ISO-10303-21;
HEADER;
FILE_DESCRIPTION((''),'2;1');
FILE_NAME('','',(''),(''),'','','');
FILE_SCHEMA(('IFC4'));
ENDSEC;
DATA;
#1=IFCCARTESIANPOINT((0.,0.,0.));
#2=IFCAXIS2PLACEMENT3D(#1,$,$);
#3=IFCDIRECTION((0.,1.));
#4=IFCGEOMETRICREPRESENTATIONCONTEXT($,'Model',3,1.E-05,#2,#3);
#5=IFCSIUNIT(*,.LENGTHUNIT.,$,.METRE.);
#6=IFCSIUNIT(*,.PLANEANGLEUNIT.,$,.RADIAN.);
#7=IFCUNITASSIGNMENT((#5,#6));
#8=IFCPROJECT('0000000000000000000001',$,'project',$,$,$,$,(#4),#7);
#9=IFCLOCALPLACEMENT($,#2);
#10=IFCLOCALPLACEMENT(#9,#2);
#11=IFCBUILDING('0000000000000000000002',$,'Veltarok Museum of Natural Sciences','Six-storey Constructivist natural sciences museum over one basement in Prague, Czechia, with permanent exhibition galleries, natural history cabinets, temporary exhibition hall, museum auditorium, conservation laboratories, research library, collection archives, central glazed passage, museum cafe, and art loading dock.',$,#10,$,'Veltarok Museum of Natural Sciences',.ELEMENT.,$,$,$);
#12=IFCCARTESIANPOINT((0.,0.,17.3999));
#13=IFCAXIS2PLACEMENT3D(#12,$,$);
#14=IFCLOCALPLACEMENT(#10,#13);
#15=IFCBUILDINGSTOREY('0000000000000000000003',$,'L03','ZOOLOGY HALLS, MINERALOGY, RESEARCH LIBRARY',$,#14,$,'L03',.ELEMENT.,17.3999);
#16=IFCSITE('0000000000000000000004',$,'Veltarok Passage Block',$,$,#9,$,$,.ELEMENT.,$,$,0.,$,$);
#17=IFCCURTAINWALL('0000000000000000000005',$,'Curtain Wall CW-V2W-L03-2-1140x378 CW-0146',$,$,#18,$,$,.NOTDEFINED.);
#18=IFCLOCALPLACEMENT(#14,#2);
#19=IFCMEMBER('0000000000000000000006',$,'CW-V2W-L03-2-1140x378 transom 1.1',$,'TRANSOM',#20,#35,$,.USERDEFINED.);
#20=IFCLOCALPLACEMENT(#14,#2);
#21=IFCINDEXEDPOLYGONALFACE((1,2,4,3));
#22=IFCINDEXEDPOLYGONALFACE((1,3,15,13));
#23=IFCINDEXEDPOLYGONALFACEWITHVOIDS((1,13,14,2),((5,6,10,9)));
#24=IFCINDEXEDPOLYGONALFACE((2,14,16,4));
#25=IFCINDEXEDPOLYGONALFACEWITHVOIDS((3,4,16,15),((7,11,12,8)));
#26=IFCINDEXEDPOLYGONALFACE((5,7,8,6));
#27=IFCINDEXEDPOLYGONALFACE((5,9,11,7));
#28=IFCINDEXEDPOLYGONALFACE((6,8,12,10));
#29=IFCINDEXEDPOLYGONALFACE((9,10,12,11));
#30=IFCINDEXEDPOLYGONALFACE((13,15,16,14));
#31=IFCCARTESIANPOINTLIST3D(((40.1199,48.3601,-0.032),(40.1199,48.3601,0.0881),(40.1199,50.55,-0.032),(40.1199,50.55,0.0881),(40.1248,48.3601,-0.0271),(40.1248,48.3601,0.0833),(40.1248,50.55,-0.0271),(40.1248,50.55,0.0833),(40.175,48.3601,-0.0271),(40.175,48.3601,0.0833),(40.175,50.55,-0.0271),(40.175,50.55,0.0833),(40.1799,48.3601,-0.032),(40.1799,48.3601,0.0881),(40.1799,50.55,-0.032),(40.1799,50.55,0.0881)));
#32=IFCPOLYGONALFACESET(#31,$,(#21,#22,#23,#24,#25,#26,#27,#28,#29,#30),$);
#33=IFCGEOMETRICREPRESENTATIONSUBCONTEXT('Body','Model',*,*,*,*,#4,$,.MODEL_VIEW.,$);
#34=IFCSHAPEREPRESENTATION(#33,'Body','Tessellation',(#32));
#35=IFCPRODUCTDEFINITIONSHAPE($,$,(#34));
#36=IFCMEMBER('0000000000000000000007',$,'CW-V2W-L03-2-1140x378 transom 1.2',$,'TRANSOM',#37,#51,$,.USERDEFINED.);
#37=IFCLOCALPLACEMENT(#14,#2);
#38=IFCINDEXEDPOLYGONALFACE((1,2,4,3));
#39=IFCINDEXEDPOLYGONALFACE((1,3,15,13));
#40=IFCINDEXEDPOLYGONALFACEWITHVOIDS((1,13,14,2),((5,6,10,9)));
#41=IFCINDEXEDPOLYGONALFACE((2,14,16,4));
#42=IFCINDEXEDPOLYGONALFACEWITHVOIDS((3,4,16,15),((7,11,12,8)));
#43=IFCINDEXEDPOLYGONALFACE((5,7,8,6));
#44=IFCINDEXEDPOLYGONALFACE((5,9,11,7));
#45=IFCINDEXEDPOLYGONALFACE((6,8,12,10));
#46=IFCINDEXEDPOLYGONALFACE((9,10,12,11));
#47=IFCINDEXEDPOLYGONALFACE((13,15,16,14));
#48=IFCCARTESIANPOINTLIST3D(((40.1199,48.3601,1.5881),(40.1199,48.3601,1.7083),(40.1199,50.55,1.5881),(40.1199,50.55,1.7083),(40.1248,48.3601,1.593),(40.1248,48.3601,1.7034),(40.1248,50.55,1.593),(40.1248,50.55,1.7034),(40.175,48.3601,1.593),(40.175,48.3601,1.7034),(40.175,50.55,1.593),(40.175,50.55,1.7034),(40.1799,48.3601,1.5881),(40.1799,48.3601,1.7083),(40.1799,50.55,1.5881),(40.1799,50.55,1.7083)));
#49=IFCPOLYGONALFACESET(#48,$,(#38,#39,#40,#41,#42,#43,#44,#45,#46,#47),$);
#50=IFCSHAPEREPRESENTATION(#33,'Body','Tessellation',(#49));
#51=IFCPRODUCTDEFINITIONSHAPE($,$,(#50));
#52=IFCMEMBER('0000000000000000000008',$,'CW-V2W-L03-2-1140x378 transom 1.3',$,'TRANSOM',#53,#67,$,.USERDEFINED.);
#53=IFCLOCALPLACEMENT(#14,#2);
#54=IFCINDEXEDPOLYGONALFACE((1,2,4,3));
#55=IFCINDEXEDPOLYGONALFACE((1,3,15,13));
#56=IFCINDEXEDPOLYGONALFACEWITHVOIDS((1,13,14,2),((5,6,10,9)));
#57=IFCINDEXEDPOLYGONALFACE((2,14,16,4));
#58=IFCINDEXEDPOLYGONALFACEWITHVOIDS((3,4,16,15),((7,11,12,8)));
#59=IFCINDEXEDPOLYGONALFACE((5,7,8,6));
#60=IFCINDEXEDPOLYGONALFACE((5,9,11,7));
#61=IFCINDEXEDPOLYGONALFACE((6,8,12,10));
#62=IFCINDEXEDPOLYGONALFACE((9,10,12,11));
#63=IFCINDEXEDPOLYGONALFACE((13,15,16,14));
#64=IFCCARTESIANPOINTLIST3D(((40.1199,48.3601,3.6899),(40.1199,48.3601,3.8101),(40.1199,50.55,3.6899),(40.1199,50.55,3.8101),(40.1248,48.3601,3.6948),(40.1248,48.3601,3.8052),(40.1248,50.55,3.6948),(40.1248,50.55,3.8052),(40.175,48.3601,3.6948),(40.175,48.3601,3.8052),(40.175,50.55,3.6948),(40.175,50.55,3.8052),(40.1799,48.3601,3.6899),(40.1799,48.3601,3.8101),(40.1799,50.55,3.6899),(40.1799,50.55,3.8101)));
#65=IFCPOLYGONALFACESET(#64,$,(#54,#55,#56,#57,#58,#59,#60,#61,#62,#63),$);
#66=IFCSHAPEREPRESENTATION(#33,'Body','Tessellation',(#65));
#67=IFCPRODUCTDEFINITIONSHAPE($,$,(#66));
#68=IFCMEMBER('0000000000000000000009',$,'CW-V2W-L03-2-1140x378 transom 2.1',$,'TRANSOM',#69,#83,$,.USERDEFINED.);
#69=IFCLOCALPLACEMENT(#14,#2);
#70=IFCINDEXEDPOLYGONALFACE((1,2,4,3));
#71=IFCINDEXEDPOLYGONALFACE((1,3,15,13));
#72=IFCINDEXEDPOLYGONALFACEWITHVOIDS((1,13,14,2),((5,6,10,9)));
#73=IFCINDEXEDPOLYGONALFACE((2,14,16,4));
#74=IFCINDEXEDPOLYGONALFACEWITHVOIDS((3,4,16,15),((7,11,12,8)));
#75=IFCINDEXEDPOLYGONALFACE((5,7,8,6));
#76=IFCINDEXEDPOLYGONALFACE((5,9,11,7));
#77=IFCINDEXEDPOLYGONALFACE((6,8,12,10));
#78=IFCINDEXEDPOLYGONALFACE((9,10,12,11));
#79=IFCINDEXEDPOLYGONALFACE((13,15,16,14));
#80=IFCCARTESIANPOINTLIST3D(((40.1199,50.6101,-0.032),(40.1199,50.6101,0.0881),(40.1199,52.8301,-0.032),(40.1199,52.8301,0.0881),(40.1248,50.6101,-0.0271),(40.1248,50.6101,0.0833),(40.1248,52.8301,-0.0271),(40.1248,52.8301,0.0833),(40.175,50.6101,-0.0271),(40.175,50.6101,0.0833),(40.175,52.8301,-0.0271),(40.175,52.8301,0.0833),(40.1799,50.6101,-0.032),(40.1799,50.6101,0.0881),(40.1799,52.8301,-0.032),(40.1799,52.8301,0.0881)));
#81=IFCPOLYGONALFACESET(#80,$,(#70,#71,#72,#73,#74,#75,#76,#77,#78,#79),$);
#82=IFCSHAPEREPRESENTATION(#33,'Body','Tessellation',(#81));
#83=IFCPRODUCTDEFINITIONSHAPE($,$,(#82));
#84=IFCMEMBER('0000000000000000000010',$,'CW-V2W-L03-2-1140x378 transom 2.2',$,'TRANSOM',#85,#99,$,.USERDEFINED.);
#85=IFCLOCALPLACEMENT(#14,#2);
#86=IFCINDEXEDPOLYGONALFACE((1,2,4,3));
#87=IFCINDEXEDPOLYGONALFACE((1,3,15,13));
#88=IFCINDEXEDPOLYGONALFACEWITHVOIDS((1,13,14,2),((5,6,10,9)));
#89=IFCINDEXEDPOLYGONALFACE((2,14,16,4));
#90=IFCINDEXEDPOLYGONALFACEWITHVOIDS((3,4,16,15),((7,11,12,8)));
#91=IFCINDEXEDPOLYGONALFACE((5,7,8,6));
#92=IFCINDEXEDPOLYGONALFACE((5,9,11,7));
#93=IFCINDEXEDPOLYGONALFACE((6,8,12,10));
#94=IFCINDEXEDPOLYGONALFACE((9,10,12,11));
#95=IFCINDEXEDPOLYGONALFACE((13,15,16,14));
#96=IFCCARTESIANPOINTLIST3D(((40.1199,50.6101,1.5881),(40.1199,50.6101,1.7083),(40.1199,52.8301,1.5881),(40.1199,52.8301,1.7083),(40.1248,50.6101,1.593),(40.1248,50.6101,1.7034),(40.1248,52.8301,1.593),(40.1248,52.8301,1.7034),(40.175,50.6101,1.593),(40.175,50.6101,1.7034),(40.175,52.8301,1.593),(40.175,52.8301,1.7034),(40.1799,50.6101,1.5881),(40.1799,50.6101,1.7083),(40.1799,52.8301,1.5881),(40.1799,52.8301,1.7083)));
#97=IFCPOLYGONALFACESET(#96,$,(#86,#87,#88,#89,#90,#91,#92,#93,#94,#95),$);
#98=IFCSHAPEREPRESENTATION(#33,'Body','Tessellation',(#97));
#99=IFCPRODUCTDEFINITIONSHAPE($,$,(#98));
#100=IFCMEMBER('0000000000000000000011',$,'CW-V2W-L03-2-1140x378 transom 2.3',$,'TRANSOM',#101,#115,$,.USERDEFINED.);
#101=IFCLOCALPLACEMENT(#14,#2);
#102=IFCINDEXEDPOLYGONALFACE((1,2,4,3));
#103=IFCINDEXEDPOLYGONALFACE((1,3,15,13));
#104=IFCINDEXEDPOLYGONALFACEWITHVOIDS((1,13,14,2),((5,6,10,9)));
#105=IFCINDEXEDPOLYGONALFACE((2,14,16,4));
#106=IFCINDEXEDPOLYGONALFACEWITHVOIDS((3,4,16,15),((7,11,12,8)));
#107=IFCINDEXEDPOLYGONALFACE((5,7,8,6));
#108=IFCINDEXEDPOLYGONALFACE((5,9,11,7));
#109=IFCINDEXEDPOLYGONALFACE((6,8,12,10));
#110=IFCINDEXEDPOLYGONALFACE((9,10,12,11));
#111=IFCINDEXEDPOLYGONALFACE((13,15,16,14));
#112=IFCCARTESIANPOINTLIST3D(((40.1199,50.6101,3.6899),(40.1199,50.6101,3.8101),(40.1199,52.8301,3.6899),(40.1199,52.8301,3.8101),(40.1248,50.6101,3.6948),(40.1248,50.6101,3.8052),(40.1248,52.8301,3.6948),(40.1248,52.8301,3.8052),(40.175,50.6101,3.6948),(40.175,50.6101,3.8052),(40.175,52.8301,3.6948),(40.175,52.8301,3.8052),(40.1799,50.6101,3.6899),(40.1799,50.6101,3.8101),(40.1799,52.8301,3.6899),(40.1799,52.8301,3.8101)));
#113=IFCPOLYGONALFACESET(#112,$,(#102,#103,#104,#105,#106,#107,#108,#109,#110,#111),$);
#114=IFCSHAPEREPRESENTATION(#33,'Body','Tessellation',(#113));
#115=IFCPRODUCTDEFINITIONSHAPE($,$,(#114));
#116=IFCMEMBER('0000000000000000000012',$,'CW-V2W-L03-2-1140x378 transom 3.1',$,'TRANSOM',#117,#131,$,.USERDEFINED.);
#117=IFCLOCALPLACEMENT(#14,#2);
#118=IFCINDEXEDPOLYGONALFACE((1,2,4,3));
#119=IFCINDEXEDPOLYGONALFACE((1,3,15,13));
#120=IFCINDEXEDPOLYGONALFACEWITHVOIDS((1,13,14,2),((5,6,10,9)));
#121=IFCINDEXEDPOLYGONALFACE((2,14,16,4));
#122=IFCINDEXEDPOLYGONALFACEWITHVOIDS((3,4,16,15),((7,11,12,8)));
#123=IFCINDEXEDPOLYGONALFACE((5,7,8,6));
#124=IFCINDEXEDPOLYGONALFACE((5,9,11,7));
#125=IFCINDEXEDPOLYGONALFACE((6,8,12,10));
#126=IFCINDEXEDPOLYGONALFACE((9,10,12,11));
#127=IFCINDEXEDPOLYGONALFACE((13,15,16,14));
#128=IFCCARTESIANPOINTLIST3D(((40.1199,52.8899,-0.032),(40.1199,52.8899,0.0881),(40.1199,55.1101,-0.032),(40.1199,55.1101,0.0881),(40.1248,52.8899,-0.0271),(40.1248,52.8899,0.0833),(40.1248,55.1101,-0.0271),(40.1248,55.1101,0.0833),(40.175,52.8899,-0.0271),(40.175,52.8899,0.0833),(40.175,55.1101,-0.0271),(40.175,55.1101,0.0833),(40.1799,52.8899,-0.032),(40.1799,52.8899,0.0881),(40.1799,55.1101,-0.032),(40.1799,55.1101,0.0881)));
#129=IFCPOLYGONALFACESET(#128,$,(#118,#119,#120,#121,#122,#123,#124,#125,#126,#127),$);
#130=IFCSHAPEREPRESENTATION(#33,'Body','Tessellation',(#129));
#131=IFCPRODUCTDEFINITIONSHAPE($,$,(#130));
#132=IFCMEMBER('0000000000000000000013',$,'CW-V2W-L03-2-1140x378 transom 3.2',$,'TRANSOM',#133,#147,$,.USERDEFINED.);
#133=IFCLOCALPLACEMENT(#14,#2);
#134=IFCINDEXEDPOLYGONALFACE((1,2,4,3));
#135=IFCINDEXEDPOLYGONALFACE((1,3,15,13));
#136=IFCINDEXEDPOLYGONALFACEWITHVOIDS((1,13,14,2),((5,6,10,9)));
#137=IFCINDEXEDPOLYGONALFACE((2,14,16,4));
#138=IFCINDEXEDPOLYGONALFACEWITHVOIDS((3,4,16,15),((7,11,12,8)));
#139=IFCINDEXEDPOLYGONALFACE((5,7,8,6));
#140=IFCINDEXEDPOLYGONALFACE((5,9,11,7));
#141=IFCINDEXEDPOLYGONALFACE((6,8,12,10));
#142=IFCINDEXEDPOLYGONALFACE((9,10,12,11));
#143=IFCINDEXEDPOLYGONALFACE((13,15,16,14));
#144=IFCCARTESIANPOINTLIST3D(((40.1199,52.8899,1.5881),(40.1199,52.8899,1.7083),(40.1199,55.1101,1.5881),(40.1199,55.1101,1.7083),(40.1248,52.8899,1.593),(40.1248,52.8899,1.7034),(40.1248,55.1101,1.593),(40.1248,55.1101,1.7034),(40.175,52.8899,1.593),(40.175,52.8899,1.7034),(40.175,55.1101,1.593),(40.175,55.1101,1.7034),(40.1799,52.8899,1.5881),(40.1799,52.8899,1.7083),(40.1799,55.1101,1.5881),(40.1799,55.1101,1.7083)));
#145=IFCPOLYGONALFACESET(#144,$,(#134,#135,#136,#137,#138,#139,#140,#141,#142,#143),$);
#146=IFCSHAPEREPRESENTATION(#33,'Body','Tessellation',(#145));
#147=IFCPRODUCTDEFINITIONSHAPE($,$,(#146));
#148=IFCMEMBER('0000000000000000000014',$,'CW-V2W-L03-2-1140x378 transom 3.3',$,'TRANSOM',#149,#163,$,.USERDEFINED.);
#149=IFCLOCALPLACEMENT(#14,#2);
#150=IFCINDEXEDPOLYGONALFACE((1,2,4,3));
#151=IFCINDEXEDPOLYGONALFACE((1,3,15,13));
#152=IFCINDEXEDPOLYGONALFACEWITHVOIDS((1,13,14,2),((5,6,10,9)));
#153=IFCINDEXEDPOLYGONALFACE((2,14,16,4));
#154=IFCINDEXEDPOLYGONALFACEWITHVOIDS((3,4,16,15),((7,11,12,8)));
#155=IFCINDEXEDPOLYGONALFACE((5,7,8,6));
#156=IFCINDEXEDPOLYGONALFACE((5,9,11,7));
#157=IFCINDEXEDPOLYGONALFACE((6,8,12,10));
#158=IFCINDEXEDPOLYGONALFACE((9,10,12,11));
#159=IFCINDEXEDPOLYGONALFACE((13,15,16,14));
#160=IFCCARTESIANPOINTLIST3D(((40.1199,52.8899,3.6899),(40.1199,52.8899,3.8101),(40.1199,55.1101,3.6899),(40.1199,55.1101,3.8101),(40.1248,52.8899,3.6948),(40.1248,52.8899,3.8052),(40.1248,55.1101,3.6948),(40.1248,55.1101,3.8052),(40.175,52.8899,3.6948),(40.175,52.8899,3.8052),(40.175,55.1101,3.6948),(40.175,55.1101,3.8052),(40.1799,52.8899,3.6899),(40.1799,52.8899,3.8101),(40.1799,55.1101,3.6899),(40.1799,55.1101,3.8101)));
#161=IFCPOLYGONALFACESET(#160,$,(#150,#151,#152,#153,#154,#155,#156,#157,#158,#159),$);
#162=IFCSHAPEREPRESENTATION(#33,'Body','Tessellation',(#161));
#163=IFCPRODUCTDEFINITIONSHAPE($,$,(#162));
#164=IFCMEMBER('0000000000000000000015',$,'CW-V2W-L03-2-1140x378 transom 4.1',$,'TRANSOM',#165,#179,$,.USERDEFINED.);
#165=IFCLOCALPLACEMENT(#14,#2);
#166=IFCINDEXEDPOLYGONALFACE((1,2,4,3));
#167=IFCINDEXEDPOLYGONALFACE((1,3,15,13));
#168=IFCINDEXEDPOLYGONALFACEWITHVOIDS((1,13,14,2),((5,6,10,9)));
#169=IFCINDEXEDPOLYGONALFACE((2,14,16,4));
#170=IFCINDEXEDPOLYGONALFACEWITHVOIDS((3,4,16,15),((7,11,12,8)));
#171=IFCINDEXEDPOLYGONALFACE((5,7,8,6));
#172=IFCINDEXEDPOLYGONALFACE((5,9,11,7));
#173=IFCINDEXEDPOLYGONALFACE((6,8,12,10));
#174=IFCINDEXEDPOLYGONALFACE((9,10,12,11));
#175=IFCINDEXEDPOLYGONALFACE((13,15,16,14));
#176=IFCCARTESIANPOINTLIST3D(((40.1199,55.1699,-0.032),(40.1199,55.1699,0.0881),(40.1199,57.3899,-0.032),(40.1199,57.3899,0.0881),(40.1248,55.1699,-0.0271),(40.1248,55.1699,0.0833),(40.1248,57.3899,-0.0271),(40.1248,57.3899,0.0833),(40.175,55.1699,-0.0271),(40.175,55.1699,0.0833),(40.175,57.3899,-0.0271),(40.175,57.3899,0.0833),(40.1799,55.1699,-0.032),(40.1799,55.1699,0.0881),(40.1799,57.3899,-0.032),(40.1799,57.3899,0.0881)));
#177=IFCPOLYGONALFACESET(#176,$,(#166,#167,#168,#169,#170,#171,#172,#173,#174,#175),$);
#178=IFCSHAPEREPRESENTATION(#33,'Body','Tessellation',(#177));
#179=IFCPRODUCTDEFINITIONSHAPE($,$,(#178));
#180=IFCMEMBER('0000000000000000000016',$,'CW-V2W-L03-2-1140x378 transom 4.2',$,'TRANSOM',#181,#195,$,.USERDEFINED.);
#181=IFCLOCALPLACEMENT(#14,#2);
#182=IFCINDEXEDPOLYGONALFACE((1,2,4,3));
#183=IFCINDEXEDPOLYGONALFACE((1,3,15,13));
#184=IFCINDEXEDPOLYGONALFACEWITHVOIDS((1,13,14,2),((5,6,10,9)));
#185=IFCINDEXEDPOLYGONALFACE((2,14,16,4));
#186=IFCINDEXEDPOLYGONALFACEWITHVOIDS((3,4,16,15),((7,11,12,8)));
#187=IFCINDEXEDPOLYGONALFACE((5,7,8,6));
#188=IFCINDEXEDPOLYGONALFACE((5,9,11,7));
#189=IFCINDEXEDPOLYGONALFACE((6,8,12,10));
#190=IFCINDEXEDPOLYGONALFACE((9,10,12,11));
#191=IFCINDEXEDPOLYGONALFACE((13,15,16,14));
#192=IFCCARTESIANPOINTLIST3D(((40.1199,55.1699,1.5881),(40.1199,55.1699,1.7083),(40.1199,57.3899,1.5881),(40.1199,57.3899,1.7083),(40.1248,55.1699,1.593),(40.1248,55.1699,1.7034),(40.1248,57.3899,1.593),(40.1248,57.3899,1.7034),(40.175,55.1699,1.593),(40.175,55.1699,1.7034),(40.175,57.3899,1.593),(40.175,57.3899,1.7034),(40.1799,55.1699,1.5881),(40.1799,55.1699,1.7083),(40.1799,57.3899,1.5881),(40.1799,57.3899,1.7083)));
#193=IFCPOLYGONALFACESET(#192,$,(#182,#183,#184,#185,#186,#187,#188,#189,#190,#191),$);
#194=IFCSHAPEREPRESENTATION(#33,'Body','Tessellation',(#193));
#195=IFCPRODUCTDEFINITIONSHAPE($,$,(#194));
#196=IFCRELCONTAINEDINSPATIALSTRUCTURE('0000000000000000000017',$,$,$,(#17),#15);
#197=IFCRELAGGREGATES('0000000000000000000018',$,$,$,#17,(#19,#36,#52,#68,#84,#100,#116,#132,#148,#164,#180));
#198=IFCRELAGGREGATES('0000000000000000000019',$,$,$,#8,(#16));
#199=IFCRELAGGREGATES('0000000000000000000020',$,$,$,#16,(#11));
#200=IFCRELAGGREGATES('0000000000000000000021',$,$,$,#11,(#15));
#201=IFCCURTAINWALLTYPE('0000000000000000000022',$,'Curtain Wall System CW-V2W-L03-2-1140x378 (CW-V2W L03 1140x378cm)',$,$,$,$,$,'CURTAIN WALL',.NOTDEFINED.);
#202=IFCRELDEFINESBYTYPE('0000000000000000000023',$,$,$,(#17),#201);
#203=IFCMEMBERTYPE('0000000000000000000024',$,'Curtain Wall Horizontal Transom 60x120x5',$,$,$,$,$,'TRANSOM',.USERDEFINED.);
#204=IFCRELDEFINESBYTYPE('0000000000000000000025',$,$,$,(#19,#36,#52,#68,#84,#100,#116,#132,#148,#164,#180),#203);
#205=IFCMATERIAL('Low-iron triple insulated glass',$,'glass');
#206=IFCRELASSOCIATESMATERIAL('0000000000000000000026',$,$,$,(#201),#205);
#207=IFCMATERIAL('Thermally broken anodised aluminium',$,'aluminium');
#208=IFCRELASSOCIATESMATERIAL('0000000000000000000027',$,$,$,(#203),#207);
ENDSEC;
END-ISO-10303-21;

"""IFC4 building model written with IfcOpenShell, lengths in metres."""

from ifc_helpers import new_model, si_unit, direction, frame, origin, origin_2d, place, context, subcontext, project, spatial, hollow_rectangle, extrude, material, material_profile, profile_set, type_object, element, aggregate, save


model = new_model("IFC4")

# Units and contexts
model_context = context("Model", 3, precision=1e-05, world=origin(), true_north=direction((0.0, 1.0)))
body_context = subcontext(model_context, "Body", "Model", "MODEL_VIEW")
ifc_project = project(units=[si_unit("LENGTHUNIT", "METRE"), si_unit("PLANEANGLEUNIT", "RADIAN")], contexts=[model_context])

# Site, building, storey
site_placement = place(None, origin())
site = spatial("IfcSite", under=ifc_project, at=site_placement, Name="Veltarok Passage Block", CompositionType="ELEMENT", RefElevation=0.0)
building_placement = place(site_placement, origin())
building = spatial("IfcBuilding", under=site, at=building_placement, Name="Veltarok Museum of Natural Sciences", Description="Six-storey Constructivist natural sciences museum over one basement in Prague, Czechia, with permanent exhibition galleries, natural history cabinets, temporary exhibition hall, museum auditorium, conservation laboratories, research library, collection archives, central glazed passage, museum cafe, and art loading dock.", LongName="Veltarok Museum of Natural Sciences", CompositionType="ELEMENT")
storey_placement = place(building_placement, frame((0.0, 0.0, 17.3999)))
storey = spatial("IfcBuildingStorey", under=building, at=storey_placement, Name="L03", Description="ZOOLOGY HALLS, MINERALOGY, RESEARCH LIBRARY", LongName="L03", CompositionType="ELEMENT", Elevation=17.3999)

# Curtain wall, members
ifc_material_1 = material(Name="Low-iron triple insulated glass", Category="glass")
curtain_wall_type = type_object("IfcCurtainWallType", Name="Curtain Wall System CW-V2W-L03-2-1140x378 (CW-V2W L03 1140x378cm)", ElementType="CURTAIN WALL", PredefinedType="NOTDEFINED", material=ifc_material_1)
curtain_wall_placement = place(storey_placement, origin())
curtain_wall = element("IfcCurtainWall", 1, at=curtain_wall_placement, inside=storey, type_object=curtain_wall_type, Name="Curtain Wall CW-V2W-L03-2-1140x378 CW-0146", PredefinedType="NOTDEFINED")
ifc_material_2 = material(Name="Thermally broken anodised aluminium", Category="aluminium")
ifc_material_profile_1 = material_profile(ifc_material_2, hollow_rectangle(XDim=0.0601, YDim=0.1201, WallThickness=0.0049, at=origin_2d()), Name="CW TRANSOM 60x120x5")
ifc_profile_set_1 = profile_set([ifc_material_profile_1], Name="Thermally broken anodised aluminium")
member_type_1 = type_object("IfcMemberType", Name="Curtain Wall Horizontal Transom 60x120x5", ElementType="TRANSOM", PredefinedType="USERDEFINED", material=ifc_profile_set_1)
member_1_placement = place(storey_placement, frame((40.1499, 48.3601, 0.0281), z_axis=(0.0, 1.0, 0.0), x_axis=(-1.0, 0.0, 0.0)))
member_1 = element("IfcMember", 2, at=member_1_placement, type_object=member_type_1, Name="CW-V2W-L03-2-1140x378 transom 1.1", ObjectType="TRANSOM", PredefinedType="USERDEFINED", context=body_context, shape_type="SweptSolid", body=[
    extrude(hollow_rectangle(XDim=0.0601, YDim=0.1201, WallThickness=0.0049, at=origin_2d()), origin(), (0.0, 0.0, 1.0), 2.1899),
])
member_2_placement = place(storey_placement, frame((40.1499, 48.3601, 1.6482), z_axis=(0.0, 1.0, 0.0), x_axis=(-1.0, 0.0, 0.0)))
member_2 = element("IfcMember", 3, at=member_2_placement, type_object=member_type_1, Name="CW-V2W-L03-2-1140x378 transom 1.2", ObjectType="TRANSOM", PredefinedType="USERDEFINED", context=body_context, shape_type="SweptSolid", body=[
    extrude(hollow_rectangle(XDim=0.0601, YDim=0.1201, WallThickness=0.0049, at=origin_2d()), origin(), (0.0, 0.0, 1.0), 2.1899),
])
member_3_placement = place(storey_placement, frame((40.1499, 48.3601, 3.75), z_axis=(0.0, 1.0, 0.0), x_axis=(-1.0, 0.0, 0.0)))
member_3 = element("IfcMember", 4, at=member_3_placement, type_object=member_type_1, Name="CW-V2W-L03-2-1140x378 transom 1.3", ObjectType="TRANSOM", PredefinedType="USERDEFINED", context=body_context, shape_type="SweptSolid", body=[
    extrude(hollow_rectangle(XDim=0.0601, YDim=0.1201, WallThickness=0.0049, at=origin_2d()), origin(), (0.0, 0.0, 1.0), 2.1899),
])
member_4_placement = place(storey_placement, frame((40.1499, 50.6101, 0.0281), z_axis=(0.0, 1.0, 0.0), x_axis=(-1.0, 0.0, 0.0)))
member_4 = element("IfcMember", 5, at=member_4_placement, type_object=member_type_1, Name="CW-V2W-L03-2-1140x378 transom 2.1", ObjectType="TRANSOM", PredefinedType="USERDEFINED", context=body_context, shape_type="SweptSolid", body=[
    extrude(hollow_rectangle(XDim=0.0601, YDim=0.1201, WallThickness=0.0049, at=origin_2d()), origin(), (0.0, 0.0, 1.0), 2.22),
])
member_5_placement = place(storey_placement, frame((40.1499, 50.6101, 1.6482), z_axis=(0.0, 1.0, 0.0), x_axis=(-1.0, 0.0, 0.0)))
member_5 = element("IfcMember", 6, at=member_5_placement, type_object=member_type_1, Name="CW-V2W-L03-2-1140x378 transom 2.2", ObjectType="TRANSOM", PredefinedType="USERDEFINED", context=body_context, shape_type="SweptSolid", body=[
    extrude(hollow_rectangle(XDim=0.0601, YDim=0.1201, WallThickness=0.0049, at=origin_2d()), origin(), (0.0, 0.0, 1.0), 2.22),
])
member_6_placement = place(storey_placement, frame((40.1499, 50.6101, 3.75), z_axis=(0.0, 1.0, 0.0), x_axis=(-1.0, 0.0, 0.0)))
member_6 = element("IfcMember", 7, at=member_6_placement, type_object=member_type_1, Name="CW-V2W-L03-2-1140x378 transom 2.3", ObjectType="TRANSOM", PredefinedType="USERDEFINED", context=body_context, shape_type="SweptSolid", body=[
    extrude(hollow_rectangle(XDim=0.0601, YDim=0.1201, WallThickness=0.0049, at=origin_2d()), origin(), (0.0, 0.0, 1.0), 2.22),
])
member_7_placement = place(storey_placement, frame((40.1499, 52.8899, 0.0281), z_axis=(0.0, 1.0, 0.0), x_axis=(-1.0, 0.0, 0.0)))
member_7 = element("IfcMember", 8, at=member_7_placement, type_object=member_type_1, Name="CW-V2W-L03-2-1140x378 transom 3.1", ObjectType="TRANSOM", PredefinedType="USERDEFINED", context=body_context, shape_type="SweptSolid", body=[
    extrude(hollow_rectangle(XDim=0.0601, YDim=0.1201, WallThickness=0.0049, at=origin_2d()), origin(), (0.0, 0.0, 1.0), 2.2202),
])
member_8_placement = place(storey_placement, frame((40.1499, 52.8899, 1.6482), z_axis=(0.0, 1.0, 0.0), x_axis=(-1.0, 0.0, 0.0)))
member_8 = element("IfcMember", 9, at=member_8_placement, type_object=member_type_1, Name="CW-V2W-L03-2-1140x378 transom 3.2", ObjectType="TRANSOM", PredefinedType="USERDEFINED", context=body_context, shape_type="SweptSolid", body=[
    extrude(hollow_rectangle(XDim=0.0601, YDim=0.1201, WallThickness=0.0049, at=origin_2d()), origin(), (0.0, 0.0, 1.0), 2.2202),
])
member_9_placement = place(storey_placement, frame((40.1499, 52.8899, 3.75), z_axis=(0.0, 1.0, 0.0), x_axis=(-1.0, 0.0, 0.0)))
member_9 = element("IfcMember", 10, at=member_9_placement, type_object=member_type_1, Name="CW-V2W-L03-2-1140x378 transom 3.3", ObjectType="TRANSOM", PredefinedType="USERDEFINED", context=body_context, shape_type="SweptSolid", body=[
    extrude(hollow_rectangle(XDim=0.0601, YDim=0.1201, WallThickness=0.0049, at=origin_2d()), origin(), (0.0, 0.0, 1.0), 2.2202),
])
member_10_placement = place(storey_placement, frame((40.1499, 55.1699, 0.0281), z_axis=(0.0, 1.0, 0.0), x_axis=(-1.0, 0.0, 0.0)))
member_10 = element("IfcMember", 11, at=member_10_placement, type_object=member_type_1, Name="CW-V2W-L03-2-1140x378 transom 4.1", ObjectType="TRANSOM", PredefinedType="USERDEFINED", context=body_context, shape_type="SweptSolid", body=[
    extrude(hollow_rectangle(XDim=0.0601, YDim=0.1201, WallThickness=0.0049, at=origin_2d()), origin(), (0.0, 0.0, 1.0), 2.22),
])
member_11_placement = place(storey_placement, frame((40.1499, 55.1699, 1.6482), z_axis=(0.0, 1.0, 0.0), x_axis=(-1.0, 0.0, 0.0)))
member_11 = element("IfcMember", 12, at=member_11_placement, type_object=member_type_1, Name="CW-V2W-L03-2-1140x378 transom 4.2", ObjectType="TRANSOM", PredefinedType="USERDEFINED", context=body_context, shape_type="SweptSolid", body=[
    extrude(hollow_rectangle(XDim=0.0601, YDim=0.1201, WallThickness=0.0049, at=origin_2d()), origin(), (0.0, 0.0, 1.0), 2.22),
])

aggregate(curtain_wall, [member_1, member_2, member_3, member_4, member_5, member_6, member_7, member_8, member_9, member_10, member_11])

save(model, "model.ifc")
